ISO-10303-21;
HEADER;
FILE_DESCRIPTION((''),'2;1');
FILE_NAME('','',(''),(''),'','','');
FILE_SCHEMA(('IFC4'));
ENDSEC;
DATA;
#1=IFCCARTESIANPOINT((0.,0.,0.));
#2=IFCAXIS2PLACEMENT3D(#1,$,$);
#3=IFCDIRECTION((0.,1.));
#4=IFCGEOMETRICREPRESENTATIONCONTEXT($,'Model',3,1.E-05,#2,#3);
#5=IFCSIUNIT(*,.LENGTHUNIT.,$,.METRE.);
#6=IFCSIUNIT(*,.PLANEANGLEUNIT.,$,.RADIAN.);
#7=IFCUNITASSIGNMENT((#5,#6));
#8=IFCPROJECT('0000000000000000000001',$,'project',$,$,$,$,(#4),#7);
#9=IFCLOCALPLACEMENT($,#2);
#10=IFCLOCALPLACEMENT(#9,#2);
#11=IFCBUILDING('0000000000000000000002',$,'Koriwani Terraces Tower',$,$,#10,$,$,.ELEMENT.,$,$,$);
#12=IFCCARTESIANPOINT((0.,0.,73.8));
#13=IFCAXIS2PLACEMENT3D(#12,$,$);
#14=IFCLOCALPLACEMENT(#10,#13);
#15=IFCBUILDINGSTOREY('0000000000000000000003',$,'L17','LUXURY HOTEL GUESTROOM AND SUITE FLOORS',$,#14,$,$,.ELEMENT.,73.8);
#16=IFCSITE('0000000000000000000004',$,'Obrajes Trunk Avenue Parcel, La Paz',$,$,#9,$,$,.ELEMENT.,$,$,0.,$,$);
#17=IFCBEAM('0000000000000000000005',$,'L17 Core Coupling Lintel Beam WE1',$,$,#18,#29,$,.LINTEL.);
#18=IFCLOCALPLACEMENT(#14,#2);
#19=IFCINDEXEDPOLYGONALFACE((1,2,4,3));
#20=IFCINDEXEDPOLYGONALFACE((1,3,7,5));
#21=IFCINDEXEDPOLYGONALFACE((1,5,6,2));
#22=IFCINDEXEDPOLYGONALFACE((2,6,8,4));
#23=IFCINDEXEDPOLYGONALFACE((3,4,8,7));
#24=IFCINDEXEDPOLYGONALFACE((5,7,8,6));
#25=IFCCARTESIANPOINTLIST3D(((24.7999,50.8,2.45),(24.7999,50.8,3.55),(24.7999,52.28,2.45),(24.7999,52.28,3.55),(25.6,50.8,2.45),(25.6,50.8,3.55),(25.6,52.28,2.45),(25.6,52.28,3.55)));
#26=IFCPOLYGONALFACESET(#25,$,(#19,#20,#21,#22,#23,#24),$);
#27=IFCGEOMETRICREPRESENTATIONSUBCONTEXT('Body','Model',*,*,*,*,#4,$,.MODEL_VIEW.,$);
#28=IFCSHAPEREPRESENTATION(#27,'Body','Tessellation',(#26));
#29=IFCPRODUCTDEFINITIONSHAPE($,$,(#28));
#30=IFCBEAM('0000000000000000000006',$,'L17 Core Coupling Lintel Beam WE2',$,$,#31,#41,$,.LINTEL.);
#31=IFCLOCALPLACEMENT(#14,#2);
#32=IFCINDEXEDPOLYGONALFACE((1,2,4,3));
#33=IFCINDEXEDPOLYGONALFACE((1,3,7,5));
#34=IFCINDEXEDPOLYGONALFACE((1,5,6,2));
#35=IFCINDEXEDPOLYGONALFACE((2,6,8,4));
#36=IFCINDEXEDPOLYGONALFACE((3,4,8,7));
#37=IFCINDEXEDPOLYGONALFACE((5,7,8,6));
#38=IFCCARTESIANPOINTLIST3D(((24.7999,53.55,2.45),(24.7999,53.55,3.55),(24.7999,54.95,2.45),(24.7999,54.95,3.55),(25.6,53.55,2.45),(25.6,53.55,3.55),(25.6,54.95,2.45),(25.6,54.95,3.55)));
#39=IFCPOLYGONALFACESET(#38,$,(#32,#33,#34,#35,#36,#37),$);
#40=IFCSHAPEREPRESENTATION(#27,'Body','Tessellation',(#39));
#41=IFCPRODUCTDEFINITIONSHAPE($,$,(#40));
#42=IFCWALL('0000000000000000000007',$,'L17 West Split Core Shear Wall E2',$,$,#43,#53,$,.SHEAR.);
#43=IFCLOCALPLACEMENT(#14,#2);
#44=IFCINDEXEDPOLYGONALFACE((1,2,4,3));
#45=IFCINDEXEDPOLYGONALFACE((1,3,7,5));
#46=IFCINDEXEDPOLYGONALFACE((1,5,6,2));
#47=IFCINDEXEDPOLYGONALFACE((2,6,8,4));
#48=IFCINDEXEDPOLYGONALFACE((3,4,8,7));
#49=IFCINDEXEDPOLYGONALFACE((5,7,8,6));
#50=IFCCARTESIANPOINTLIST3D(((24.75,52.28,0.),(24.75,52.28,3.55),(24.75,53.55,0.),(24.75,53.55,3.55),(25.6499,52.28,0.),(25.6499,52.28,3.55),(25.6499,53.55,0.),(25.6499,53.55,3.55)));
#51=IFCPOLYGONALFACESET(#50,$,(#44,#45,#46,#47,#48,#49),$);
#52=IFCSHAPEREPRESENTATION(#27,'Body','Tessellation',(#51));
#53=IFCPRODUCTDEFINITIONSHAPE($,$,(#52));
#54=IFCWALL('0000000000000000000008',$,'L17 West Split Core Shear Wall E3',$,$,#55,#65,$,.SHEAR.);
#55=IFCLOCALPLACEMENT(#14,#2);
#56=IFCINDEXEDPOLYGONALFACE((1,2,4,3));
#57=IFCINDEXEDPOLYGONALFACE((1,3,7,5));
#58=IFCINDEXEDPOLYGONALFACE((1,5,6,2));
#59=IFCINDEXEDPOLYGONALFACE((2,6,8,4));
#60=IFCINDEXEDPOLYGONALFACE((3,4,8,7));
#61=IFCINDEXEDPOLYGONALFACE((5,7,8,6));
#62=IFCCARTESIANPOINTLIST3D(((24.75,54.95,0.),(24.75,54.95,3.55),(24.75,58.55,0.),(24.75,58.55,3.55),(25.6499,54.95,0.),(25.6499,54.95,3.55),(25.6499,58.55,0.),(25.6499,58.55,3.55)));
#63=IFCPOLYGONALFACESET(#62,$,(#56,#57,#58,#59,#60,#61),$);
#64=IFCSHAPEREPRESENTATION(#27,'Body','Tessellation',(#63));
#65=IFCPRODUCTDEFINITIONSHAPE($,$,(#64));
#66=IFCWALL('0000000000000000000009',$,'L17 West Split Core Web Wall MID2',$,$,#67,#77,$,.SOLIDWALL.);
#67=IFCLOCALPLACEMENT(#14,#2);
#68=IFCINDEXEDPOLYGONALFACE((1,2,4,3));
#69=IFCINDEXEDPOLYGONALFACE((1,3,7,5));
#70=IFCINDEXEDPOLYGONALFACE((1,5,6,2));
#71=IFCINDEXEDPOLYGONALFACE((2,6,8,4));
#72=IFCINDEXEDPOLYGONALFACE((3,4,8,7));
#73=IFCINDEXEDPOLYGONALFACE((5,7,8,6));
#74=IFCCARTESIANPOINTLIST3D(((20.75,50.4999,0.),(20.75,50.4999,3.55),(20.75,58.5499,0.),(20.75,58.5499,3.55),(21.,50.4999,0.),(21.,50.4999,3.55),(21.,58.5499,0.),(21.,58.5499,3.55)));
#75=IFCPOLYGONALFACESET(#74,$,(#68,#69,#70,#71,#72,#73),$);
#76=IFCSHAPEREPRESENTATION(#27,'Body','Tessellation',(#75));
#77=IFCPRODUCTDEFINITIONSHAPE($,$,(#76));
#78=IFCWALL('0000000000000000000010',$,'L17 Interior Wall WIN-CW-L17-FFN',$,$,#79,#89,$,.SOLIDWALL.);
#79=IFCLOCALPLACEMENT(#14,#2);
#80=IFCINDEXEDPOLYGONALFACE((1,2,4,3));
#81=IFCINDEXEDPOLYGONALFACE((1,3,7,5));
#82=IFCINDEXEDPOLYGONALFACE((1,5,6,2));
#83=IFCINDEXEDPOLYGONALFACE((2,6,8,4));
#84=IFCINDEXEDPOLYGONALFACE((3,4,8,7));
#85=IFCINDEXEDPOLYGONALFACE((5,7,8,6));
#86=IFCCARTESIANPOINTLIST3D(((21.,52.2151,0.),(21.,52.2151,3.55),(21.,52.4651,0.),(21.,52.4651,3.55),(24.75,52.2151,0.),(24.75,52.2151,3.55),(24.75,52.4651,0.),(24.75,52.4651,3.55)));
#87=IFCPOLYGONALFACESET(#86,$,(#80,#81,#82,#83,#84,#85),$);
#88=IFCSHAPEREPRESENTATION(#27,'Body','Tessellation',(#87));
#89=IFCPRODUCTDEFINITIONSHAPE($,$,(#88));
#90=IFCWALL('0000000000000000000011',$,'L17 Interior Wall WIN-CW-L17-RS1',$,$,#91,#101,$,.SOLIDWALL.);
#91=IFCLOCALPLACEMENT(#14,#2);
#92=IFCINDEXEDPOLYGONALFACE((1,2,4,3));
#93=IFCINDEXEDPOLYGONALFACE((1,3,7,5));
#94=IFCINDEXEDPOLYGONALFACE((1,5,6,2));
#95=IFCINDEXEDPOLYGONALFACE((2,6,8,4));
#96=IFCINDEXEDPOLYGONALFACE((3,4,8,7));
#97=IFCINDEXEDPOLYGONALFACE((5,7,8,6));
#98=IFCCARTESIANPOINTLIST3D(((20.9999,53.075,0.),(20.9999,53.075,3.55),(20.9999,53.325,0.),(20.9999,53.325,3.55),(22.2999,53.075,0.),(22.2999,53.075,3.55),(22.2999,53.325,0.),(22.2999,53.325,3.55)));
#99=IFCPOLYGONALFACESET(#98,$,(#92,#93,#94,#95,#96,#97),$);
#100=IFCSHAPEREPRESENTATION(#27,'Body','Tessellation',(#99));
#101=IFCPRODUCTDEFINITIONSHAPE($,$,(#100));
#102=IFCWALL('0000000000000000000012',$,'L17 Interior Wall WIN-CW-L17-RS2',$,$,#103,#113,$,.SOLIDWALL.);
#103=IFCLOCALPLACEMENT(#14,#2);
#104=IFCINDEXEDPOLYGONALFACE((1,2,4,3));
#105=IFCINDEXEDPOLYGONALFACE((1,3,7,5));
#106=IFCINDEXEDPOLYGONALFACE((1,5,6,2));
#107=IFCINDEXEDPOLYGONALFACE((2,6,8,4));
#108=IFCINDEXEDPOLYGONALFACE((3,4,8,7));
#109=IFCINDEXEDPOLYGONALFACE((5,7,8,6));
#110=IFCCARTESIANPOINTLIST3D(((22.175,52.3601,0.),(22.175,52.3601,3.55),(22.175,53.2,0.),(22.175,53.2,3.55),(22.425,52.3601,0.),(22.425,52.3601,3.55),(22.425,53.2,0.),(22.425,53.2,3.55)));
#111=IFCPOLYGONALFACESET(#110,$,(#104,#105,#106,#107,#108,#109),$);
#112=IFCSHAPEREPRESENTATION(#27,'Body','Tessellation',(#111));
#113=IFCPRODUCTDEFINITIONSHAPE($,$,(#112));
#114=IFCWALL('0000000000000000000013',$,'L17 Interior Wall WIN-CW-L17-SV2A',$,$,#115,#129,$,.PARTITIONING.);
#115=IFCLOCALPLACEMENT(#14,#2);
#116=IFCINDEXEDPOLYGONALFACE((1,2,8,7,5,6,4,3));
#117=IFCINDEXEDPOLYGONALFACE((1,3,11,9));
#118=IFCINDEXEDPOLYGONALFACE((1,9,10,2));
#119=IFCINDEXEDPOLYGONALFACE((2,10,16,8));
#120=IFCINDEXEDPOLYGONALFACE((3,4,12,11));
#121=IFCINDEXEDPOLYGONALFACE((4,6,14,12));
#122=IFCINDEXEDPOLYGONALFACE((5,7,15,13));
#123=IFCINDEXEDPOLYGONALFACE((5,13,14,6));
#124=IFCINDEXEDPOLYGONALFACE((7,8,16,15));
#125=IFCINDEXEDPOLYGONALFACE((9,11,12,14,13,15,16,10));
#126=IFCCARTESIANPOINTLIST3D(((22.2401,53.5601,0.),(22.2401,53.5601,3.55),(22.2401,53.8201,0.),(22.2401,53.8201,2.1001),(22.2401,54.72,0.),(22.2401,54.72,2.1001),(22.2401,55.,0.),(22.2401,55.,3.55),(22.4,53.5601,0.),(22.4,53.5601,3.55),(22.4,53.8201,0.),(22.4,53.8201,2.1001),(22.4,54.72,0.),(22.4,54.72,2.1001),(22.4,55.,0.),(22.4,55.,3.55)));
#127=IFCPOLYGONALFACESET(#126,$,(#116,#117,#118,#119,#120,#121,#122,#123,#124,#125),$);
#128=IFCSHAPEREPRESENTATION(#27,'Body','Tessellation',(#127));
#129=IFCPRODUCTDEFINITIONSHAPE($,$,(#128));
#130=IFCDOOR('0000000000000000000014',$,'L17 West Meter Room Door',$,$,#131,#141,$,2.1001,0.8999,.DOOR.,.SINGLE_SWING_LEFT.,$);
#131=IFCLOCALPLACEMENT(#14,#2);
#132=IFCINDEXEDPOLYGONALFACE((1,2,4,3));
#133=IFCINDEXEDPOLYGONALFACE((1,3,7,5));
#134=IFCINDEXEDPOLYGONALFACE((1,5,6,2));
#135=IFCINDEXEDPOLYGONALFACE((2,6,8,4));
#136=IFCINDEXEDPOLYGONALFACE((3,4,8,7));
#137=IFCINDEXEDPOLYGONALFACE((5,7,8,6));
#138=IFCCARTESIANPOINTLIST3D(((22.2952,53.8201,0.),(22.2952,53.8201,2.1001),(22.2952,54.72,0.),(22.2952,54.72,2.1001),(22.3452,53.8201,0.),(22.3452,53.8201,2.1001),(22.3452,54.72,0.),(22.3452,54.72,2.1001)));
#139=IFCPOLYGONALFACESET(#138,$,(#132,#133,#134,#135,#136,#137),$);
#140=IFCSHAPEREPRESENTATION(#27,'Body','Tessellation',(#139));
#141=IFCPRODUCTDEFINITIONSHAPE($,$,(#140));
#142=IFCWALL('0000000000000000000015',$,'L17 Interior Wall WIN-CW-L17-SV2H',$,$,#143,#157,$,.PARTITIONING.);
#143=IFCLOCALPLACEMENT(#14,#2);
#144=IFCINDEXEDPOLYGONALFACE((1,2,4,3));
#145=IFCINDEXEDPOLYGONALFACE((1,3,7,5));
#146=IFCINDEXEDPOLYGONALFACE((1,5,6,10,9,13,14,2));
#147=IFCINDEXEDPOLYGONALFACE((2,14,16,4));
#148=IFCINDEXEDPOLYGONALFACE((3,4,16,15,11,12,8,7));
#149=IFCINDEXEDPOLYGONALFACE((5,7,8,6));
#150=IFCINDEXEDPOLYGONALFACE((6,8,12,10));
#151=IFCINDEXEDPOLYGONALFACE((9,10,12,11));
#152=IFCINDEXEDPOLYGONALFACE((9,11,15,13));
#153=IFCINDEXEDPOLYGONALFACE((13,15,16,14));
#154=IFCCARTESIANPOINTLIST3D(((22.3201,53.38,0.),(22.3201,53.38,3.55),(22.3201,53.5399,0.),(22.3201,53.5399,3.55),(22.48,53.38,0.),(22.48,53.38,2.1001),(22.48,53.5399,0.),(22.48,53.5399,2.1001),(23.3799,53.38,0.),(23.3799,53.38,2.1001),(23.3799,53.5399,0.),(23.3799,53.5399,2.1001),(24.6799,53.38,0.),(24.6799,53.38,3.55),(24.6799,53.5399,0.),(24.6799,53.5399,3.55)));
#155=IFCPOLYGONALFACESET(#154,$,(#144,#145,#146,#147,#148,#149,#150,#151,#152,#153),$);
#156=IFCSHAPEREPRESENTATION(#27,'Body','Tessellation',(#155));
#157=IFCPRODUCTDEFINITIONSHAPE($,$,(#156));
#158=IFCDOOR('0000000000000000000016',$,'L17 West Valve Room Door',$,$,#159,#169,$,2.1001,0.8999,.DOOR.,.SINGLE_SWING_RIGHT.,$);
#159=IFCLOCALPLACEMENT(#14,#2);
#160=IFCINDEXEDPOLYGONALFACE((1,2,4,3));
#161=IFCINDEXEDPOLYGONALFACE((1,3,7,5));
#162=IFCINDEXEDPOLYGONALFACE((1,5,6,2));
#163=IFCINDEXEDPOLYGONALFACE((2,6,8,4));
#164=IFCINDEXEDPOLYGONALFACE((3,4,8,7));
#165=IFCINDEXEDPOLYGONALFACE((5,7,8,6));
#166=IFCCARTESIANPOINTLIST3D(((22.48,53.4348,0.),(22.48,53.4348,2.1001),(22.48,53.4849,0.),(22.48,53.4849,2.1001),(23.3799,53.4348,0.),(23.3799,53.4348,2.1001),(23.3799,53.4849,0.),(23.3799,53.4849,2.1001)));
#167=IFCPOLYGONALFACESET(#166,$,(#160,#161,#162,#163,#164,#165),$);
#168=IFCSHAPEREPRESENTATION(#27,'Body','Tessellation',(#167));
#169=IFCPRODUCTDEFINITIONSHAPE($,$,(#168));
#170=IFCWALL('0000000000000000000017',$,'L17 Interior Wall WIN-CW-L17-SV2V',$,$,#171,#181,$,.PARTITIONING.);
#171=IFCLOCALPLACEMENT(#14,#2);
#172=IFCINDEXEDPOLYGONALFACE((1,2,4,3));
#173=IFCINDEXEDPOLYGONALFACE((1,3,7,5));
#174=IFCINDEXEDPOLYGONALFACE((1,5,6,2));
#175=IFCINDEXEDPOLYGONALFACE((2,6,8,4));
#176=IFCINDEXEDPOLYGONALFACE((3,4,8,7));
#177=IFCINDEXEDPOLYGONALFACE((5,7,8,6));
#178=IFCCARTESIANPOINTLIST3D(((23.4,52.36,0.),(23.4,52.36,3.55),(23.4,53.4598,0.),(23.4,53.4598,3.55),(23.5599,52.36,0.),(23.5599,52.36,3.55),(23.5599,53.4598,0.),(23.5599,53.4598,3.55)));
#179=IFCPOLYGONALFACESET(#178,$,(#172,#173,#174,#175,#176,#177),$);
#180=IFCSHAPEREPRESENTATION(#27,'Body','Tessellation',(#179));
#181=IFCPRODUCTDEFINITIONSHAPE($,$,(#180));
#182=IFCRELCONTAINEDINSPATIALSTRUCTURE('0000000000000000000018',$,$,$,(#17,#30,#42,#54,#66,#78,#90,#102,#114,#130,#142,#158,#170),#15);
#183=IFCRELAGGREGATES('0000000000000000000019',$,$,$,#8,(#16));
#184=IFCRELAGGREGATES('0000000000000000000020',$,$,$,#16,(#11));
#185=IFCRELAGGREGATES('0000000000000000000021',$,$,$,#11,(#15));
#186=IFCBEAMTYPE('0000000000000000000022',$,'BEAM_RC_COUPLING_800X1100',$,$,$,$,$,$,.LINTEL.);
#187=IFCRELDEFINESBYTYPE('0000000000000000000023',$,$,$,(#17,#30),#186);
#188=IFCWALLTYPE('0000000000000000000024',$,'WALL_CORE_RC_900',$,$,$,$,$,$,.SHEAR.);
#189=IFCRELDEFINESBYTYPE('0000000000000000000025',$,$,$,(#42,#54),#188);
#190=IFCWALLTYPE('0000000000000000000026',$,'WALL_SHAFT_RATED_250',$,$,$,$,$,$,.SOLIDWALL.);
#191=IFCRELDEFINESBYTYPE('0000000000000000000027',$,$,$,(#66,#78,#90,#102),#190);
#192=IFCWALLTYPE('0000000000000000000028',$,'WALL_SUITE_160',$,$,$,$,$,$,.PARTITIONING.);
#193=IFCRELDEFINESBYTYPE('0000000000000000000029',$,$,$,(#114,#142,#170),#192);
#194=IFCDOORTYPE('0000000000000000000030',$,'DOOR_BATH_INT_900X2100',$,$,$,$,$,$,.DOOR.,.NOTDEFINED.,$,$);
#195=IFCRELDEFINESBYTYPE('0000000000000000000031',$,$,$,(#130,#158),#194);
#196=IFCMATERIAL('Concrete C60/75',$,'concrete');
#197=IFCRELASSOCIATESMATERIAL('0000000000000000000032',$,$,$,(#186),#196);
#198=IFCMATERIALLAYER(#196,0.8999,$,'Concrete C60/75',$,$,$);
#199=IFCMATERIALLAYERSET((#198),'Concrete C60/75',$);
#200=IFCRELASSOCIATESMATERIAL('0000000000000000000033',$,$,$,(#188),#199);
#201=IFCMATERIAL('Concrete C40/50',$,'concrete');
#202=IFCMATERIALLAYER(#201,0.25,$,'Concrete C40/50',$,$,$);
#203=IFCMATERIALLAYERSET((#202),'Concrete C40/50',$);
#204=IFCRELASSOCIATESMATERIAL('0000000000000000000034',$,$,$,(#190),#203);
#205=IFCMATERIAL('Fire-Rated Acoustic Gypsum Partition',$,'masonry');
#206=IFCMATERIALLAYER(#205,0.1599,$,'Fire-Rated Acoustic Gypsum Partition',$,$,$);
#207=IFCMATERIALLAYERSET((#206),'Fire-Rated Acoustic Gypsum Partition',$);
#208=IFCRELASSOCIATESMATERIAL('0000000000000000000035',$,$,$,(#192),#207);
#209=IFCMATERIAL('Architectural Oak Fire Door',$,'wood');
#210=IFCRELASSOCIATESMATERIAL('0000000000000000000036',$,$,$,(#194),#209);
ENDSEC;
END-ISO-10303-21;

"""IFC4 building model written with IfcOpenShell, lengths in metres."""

from ifc_helpers import new_model, si_unit, direction, frame, frame_2d, origin, origin_2d, place, context, subcontext, project, spatial, rectangle, extrude, material, layer, layer_set, material_profile, profile_set, type_object, element, fill, save


model = new_model("IFC4")

# Units and contexts
model_context = context("Model", 3, precision=1e-05, world=origin(), true_north=direction((0.0, 1.0)))
body_context = subcontext(model_context, "Body", "Model", "MODEL_VIEW")
ifc_project = project(units=[si_unit("LENGTHUNIT", "METRE"), si_unit("PLANEANGLEUNIT", "RADIAN")], contexts=[model_context])

# Site, building, storey
site_placement = place(None, origin())
site = spatial("IfcSite", under=ifc_project, at=site_placement, Name="Obrajes Trunk Avenue Parcel, La Paz", CompositionType="ELEMENT", RefElevation=0.0)
building_placement = place(site_placement, origin())
building = spatial("IfcBuilding", under=site, at=building_placement, Name="Koriwani Terraces Tower", CompositionType="ELEMENT")
storey_placement = place(building_placement, frame((0.0, 0.0, 73.8)))
storey = spatial("IfcBuildingStorey", under=building, at=storey_placement, Name="L17", Description="LUXURY HOTEL GUESTROOM AND SUITE FLOORS", CompositionType="ELEMENT", Elevation=73.8)

# Beams
ifc_material_1 = material(Name="Concrete C60/75", Category="concrete")
ifc_material_profile = material_profile(ifc_material_1, rectangle(XDim=0.8, YDim=1.1001, at=origin_2d()), Name="Concrete C60/75", Category="LoadBearing")
ifc_profile_set = profile_set([ifc_material_profile], Name="Concrete C60/75")
beam_type = type_object("IfcBeamType", Name="BEAM_RC_COUPLING_800X1100", PredefinedType="LINTEL", material=ifc_profile_set)
beam_1_placement = place(storey_placement, frame((25.2, 50.8, 3.0), z_axis=(0.0, 1.0, 0.0), x_axis=(-1.0, 0.0, 0.0)))
element("IfcBeam", 1, at=beam_1_placement, inside=storey, type_object=beam_type, Name="L17 Core Coupling Lintel Beam WE1", PredefinedType="LINTEL", context=body_context, shape_type="SweptSolid", body=[
    extrude(rectangle(XDim=0.8, YDim=1.1001, at=origin_2d()), origin(), (0.0, 0.0, 1.0), 1.48),
])
beam_2_placement = place(storey_placement, frame((25.2, 53.55, 3.0), z_axis=(0.0, 1.0, 0.0), x_axis=(-1.0, 0.0, 0.0)))
element("IfcBeam", 2, at=beam_2_placement, inside=storey, type_object=beam_type, Name="L17 Core Coupling Lintel Beam WE2", PredefinedType="LINTEL", context=body_context, shape_type="SweptSolid", body=[
    extrude(rectangle(XDim=0.8, YDim=1.1001, at=origin_2d()), origin(), (0.0, 0.0, 1.0), 1.3999),
])

# Walls
ifc_layer_1 = layer(ifc_material_1, 0.8999, Name="Concrete C60/75")
ifc_layer_set_1 = layer_set([ifc_layer_1], Name="Concrete C60/75")
wall_type_1 = type_object("IfcWallType", Name="WALL_CORE_RC_900", PredefinedType="SHEAR", material=ifc_layer_set_1)
wall_1_placement = place(storey_placement, frame((25.2, 52.28, 0.0), z_axis=(0.0, 0.0, 1.0), x_axis=(0.0, 1.0, 0.0)))
element("IfcWall", 3, at=wall_1_placement, inside=storey, type_object=wall_type_1, Name="L17 West Split Core Shear Wall E2", PredefinedType="SHEAR", context=body_context, shape_type="SweptSolid", body=[
    extrude(rectangle(XDim=1.27, YDim=0.8999, at=frame_2d((0.635, 0.0))), origin(), (0.0, 0.0, 1.0), 3.55),
])
wall_2_placement = place(storey_placement, frame((25.2, 54.95, 0.0), z_axis=(0.0, 0.0, 1.0), x_axis=(0.0, 1.0, 0.0)))
element("IfcWall", 4, at=wall_2_placement, inside=storey, type_object=wall_type_1, Name="L17 West Split Core Shear Wall E3", PredefinedType="SHEAR", context=body_context, shape_type="SweptSolid", body=[
    extrude(rectangle(XDim=3.6001, YDim=0.8999, at=frame_2d((1.8, 0.0))), origin(), (0.0, 0.0, 1.0), 3.55),
])
ifc_material_2 = material(Name="Concrete C40/50", Category="concrete")
ifc_layer_2 = layer(ifc_material_2, 0.25, Name="Concrete C40/50")
ifc_layer_set_2 = layer_set([ifc_layer_2], Name="Concrete C40/50")
wall_type_2 = type_object("IfcWallType", Name="WALL_SHAFT_RATED_250", PredefinedType="SOLIDWALL", material=ifc_layer_set_2)
wall_3_placement = place(storey_placement, frame((20.875, 50.5, 0.0), z_axis=(0.0, 0.0, 1.0), x_axis=(0.0, 1.0, 0.0)))
element("IfcWall", 5, at=wall_3_placement, inside=storey, type_object=wall_type_2, Name="L17 West Split Core Web Wall MID2", PredefinedType="SOLIDWALL", context=body_context, shape_type="SweptSolid", body=[
    extrude(rectangle(XDim=8.05, YDim=0.25, at=frame_2d((4.0249, 0.0))), origin(), (0.0, 0.0, 1.0), 3.55),
])

# Wall
wall_4_placement = place(storey_placement, frame((21.0, 52.3401, 0.0), z_axis=(0.0, 0.0, 1.0), x_axis=(1.0, 0.0, 0.0)))
element("IfcWall", 6, at=wall_4_placement, inside=storey, type_object=wall_type_2, Name="L17 Interior Wall WIN-CW-L17-FFN", PredefinedType="SOLIDWALL", context=body_context, shape_type="SweptSolid", body=[
    extrude(rectangle(XDim=3.75, YDim=0.25, at=frame_2d((1.875, 0.0))), origin(), (0.0, 0.0, 1.0), 3.55),
])

# Walls
wall_5_placement = place(storey_placement, frame((21.0, 53.2, 0.0), z_axis=(0.0, 0.0, 1.0), x_axis=(1.0, 0.0, 0.0)))
element("IfcWall", 7, at=wall_5_placement, inside=storey, type_object=wall_type_2, Name="L17 Interior Wall WIN-CW-L17-RS1", PredefinedType="SOLIDWALL", context=body_context, shape_type="SweptSolid", body=[
    extrude(rectangle(XDim=1.3, YDim=0.25, at=frame_2d((0.6499, 0.0))), origin(), (0.0, 0.0, 1.0), 3.55),
])
wall_6_placement = place(storey_placement, frame((22.3, 52.3601, 0.0), z_axis=(0.0, 0.0, 1.0), x_axis=(0.0, 1.0, 0.0)))
element("IfcWall", 8, at=wall_6_placement, inside=storey, type_object=wall_type_2, Name="L17 Interior Wall WIN-CW-L17-RS2", PredefinedType="SOLIDWALL", context=body_context, shape_type="SweptSolid", body=[
    extrude(rectangle(XDim=0.8398, YDim=0.25, at=frame_2d((0.4199, 0.0))), origin(), (0.0, 0.0, 1.0), 3.55),
])

# Walls, openings, doors
ifc_material_3 = material(Name="Fire-Rated Acoustic Gypsum Partition", Category="masonry")
ifc_layer_3 = layer(ifc_material_3, 0.1599, Name="Fire-Rated Acoustic Gypsum Partition")
ifc_layer_set_3 = layer_set([ifc_layer_3], Name="Fire-Rated Acoustic Gypsum Partition")
wall_type_3 = type_object("IfcWallType", Name="WALL_SUITE_160", PredefinedType="PARTITIONING", material=ifc_layer_set_3)
wall_7_placement = place(storey_placement, frame((22.3201, 53.5601, 0.0), z_axis=(0.0, 0.0, 1.0), x_axis=(0.0, 1.0, 0.0)))
wall_7 = element("IfcWall", 9, at=wall_7_placement, inside=storey, type_object=wall_type_3, Name="L17 Interior Wall WIN-CW-L17-SV2A", PredefinedType="PARTITIONING", context=body_context, shape_type="SweptSolid", body=[
    extrude(rectangle(XDim=1.4399, YDim=0.1599, at=frame_2d((0.72, 0.0))), origin(), (0.0, 0.0, 1.0), 3.55),
])
opening_1_placement = place(wall_7_placement, frame((0.26, 0.0, 0.0)))
opening_1 = element("IfcOpeningElement", 10, at=opening_1_placement, cuts=wall_7, PredefinedType="OPENING", context=body_context, shape_type="SweptSolid", body=[
    extrude(rectangle(XDim=0.8999, YDim=2.1001, at=frame_2d((0.45, 1.05))), frame((0.0, 0.0898, 0.0), z_axis=(0.0, -1.0, 0.0), x_axis=(1.0, 0.0, 0.0)), (0.0, 0.0, 1.0), 0.1799),
])
ifc_material_4 = material(Name="Architectural Oak Fire Door", Category="wood")
door_type_1 = type_object("IfcDoorType", Name="DOOR_BATH_INT_900X2100", OperationType="NOTDEFINED", PredefinedType="DOOR", material=ifc_material_4)
door_1_placement = place(opening_1_placement, origin())
door_1 = element("IfcDoor", 11, at=door_1_placement, inside=storey, type_object=door_type_1, Name="L17 West Meter Room Door", OperationType="SINGLE_SWING_LEFT", OverallHeight=2.1001, OverallWidth=0.8999, PredefinedType="DOOR", context=body_context, shape_type="SweptSolid", body=[
    extrude(rectangle(XDim=0.8999, YDim=2.1001, at=frame_2d((0.45, 1.05))), frame((0.0, 0.0249, 0.0), z_axis=(0.0, -1.0, 0.0), x_axis=(1.0, 0.0, 0.0)), (0.0, 0.0, 1.0), 0.05),
])
fill(opening_1, door_1)
wall_8_placement = place(storey_placement, frame((22.3201, 53.46, 0.0), z_axis=(0.0, 0.0, 1.0), x_axis=(1.0, 0.0, 0.0)))
wall_8 = element("IfcWall", 12, at=wall_8_placement, inside=storey, type_object=wall_type_3, Name="L17 Interior Wall WIN-CW-L17-SV2H", PredefinedType="PARTITIONING", context=body_context, shape_type="SweptSolid", body=[
    extrude(rectangle(XDim=2.3599, YDim=0.1599, at=frame_2d((1.1799, 0.0))), origin(), (0.0, 0.0, 1.0), 3.55),
])
opening_2_placement = place(wall_8_placement, frame((0.1599, 0.0, 0.0)))
opening_2 = element("IfcOpeningElement", 13, at=opening_2_placement, cuts=wall_8, PredefinedType="OPENING", context=body_context, shape_type="SweptSolid", body=[
    extrude(rectangle(XDim=0.8999, YDim=2.1001, at=frame_2d((0.45, 1.05))), frame((0.0, 0.0898, 0.0), z_axis=(0.0, -1.0, 0.0), x_axis=(1.0, 0.0, 0.0)), (0.0, 0.0, 1.0), 0.1799),
])
door_2_placement = place(opening_2_placement, origin())
door_2 = element("IfcDoor", 14, at=door_2_placement, inside=storey, type_object=door_type_1, Name="L17 West Valve Room Door", OperationType="SINGLE_SWING_RIGHT", OverallHeight=2.1001, OverallWidth=0.8999, PredefinedType="DOOR", context=body_context, shape_type="SweptSolid", body=[
    extrude(rectangle(XDim=0.8999, YDim=2.1001, at=frame_2d((0.45, 1.05))), frame((0.0, 0.0249, 0.0), z_axis=(0.0, -1.0, 0.0), x_axis=(1.0, 0.0, 0.0)), (0.0, 0.0, 1.0), 0.05),
])
fill(opening_2, door_2)

# Wall
wall_9_placement = place(storey_placement, frame((23.48, 52.3601, 0.0), z_axis=(0.0, 0.0, 1.0), x_axis=(0.0, 1.0, 0.0)))
element("IfcWall", 15, at=wall_9_placement, inside=storey, type_object=wall_type_3, Name="L17 Interior Wall WIN-CW-L17-SV2V", PredefinedType="PARTITIONING", context=body_context, shape_type="SweptSolid", body=[
    extrude(rectangle(XDim=1.0999, YDim=0.1599, at=frame_2d((0.5498, 0.0))), origin(), (0.0, 0.0, 1.0), 3.55),
])

save(model, "model.ifc")
